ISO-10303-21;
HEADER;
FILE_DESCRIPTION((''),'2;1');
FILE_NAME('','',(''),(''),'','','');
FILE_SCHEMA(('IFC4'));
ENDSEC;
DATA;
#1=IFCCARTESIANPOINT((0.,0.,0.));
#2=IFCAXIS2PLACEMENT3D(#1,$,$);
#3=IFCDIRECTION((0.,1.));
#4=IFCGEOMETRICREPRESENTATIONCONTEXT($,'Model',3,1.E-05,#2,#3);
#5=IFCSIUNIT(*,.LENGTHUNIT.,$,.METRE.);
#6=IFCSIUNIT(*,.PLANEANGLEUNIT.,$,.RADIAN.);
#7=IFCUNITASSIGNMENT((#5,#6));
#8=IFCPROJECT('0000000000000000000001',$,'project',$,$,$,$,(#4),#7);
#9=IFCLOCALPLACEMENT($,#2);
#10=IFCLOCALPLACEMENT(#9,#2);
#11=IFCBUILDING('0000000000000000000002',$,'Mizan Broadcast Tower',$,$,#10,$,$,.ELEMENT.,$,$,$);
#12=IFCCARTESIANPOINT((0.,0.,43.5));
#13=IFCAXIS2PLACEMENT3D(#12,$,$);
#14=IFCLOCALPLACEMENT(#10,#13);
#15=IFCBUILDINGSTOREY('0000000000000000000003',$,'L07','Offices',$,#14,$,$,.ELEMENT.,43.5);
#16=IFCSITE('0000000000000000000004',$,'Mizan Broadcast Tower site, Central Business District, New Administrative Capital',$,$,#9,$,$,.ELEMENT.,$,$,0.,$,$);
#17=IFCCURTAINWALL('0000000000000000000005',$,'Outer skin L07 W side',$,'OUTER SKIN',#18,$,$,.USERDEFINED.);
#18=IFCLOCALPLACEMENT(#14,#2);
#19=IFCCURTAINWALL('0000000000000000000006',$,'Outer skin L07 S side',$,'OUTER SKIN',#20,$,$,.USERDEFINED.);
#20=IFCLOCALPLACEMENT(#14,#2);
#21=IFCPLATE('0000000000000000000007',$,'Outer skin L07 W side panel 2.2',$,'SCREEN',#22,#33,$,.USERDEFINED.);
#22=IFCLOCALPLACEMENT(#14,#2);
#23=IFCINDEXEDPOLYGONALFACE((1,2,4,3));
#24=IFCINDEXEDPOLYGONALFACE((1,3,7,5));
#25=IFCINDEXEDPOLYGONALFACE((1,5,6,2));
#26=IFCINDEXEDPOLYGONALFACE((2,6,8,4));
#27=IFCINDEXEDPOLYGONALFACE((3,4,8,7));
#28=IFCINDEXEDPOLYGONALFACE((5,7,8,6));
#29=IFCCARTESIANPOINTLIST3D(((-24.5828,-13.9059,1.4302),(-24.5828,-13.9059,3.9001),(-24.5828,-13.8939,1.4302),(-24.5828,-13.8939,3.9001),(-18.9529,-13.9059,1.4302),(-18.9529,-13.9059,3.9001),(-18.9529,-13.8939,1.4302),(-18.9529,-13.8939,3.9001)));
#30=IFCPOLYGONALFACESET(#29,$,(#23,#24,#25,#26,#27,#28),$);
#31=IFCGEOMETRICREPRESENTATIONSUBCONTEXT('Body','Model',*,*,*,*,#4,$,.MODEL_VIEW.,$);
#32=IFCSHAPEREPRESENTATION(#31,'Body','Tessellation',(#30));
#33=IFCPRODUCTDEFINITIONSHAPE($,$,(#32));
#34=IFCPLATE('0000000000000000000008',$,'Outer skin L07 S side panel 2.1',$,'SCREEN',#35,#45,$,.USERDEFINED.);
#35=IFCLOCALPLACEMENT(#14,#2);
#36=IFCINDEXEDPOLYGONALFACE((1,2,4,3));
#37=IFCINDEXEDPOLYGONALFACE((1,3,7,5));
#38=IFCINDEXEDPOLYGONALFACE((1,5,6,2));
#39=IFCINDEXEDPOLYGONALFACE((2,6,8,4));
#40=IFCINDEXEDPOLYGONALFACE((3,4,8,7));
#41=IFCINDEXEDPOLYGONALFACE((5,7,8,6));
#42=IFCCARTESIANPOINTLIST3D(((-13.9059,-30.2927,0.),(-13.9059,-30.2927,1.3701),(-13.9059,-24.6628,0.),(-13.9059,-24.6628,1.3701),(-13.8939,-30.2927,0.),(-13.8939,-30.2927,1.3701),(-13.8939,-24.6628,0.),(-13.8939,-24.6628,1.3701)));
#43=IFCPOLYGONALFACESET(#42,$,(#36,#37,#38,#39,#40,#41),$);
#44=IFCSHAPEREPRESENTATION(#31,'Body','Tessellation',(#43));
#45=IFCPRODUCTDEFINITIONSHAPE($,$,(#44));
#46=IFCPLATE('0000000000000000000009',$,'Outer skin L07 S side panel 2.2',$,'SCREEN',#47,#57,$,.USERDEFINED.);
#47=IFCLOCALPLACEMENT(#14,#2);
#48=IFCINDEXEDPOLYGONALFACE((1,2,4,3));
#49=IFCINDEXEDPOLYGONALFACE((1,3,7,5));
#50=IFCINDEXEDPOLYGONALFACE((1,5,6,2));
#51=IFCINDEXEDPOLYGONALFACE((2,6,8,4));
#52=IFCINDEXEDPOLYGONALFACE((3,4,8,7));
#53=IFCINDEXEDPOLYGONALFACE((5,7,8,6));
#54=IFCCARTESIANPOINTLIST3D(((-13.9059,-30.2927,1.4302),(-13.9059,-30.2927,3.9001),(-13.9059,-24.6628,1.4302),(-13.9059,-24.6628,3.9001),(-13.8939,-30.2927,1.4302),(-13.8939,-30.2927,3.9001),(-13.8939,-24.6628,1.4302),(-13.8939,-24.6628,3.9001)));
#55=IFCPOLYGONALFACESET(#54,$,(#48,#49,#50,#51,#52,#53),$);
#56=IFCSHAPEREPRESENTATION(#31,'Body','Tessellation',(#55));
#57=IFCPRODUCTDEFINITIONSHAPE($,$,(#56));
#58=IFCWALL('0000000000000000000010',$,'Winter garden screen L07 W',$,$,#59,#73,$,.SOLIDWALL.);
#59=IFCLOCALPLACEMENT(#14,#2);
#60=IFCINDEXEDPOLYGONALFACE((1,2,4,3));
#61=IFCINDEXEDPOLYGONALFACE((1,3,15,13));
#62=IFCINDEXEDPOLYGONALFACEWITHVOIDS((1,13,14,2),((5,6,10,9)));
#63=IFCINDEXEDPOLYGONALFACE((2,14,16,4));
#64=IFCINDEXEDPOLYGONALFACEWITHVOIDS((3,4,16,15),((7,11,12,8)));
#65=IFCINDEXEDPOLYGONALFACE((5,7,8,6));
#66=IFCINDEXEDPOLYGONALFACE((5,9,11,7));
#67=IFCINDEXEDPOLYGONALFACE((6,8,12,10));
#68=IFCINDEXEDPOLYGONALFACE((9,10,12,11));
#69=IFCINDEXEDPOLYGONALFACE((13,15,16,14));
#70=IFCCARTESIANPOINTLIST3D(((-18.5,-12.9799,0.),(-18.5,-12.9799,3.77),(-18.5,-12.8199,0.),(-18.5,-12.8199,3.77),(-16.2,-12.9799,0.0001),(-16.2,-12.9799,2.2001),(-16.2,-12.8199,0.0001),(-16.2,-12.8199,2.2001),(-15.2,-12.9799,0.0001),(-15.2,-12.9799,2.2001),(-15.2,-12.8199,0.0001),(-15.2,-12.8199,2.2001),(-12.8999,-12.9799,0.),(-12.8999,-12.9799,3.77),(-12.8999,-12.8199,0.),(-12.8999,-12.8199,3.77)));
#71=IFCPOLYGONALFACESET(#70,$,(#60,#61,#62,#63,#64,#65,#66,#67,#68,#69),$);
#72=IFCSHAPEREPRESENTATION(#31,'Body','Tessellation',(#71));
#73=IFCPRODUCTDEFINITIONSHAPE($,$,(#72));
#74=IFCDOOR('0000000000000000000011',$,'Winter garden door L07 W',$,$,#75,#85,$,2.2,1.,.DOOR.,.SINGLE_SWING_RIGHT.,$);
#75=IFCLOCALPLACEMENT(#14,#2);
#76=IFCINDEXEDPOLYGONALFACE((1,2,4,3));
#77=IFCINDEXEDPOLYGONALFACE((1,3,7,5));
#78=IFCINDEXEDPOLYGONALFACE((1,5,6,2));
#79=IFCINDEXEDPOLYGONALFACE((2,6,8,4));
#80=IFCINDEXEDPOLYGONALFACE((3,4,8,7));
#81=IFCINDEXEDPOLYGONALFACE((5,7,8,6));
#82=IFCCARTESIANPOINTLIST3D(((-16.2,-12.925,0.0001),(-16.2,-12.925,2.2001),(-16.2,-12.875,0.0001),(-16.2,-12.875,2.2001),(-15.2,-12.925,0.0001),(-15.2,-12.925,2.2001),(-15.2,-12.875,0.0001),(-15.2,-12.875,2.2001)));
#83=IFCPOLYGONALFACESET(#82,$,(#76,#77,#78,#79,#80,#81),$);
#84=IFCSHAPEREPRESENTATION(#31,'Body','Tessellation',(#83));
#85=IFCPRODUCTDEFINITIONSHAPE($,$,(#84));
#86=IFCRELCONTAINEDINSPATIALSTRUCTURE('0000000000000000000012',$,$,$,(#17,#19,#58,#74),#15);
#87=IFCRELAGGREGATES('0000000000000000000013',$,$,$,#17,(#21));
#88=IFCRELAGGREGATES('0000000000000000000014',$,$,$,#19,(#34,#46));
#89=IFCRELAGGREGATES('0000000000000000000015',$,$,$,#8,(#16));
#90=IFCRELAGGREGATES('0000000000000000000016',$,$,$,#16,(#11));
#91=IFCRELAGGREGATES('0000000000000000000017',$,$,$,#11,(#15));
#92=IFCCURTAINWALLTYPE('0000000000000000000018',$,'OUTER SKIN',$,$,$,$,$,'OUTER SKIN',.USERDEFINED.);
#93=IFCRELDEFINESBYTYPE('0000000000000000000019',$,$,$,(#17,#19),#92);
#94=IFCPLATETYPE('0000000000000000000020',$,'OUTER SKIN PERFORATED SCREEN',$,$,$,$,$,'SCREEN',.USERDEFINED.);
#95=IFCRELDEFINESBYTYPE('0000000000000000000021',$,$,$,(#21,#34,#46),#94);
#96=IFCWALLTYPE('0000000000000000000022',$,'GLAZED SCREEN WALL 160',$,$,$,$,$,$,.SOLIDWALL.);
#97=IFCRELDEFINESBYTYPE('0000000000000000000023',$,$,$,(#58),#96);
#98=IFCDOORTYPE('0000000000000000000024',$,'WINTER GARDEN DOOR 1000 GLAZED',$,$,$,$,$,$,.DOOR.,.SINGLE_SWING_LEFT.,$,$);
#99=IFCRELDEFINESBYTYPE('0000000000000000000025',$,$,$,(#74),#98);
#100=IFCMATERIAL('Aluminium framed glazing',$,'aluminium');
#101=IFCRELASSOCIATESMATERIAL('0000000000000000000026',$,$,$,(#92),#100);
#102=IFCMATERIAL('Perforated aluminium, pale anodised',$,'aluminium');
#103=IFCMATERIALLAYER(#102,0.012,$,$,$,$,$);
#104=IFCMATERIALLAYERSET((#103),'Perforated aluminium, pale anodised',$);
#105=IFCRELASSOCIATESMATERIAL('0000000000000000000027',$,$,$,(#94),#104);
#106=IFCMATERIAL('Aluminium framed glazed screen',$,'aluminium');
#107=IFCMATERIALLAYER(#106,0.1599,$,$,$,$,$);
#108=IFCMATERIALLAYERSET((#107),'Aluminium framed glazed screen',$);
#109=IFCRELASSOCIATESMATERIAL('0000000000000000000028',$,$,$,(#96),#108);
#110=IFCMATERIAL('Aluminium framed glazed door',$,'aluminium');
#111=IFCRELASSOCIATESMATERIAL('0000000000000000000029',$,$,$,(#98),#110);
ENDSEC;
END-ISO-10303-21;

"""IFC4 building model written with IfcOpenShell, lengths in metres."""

from ifc_helpers import new_model, si_unit, direction, frame, frame_2d, origin, origin_2d, place, context, subcontext, project, spatial, rectangle, extrude, material, layer, layer_set, type_object, element, fill, aggregate, save


model = new_model("IFC4")

# Units and contexts
model_context = context("Model", 3, precision=1e-05, world=origin(), true_north=direction((0.0, 1.0)))
body_context = subcontext(model_context, "Body", "Model", "MODEL_VIEW")
ifc_project = project(units=[si_unit("LENGTHUNIT", "METRE"), si_unit("PLANEANGLEUNIT", "RADIAN")], contexts=[model_context])

# Site, building, storey
site_placement = place(None, origin())
site = spatial("IfcSite", under=ifc_project, at=site_placement, Name="Mizan Broadcast Tower site, Central Business District, New Administrative Capital", CompositionType="ELEMENT", RefElevation=0.0)
building_placement = place(site_placement, origin())
building = spatial("IfcBuilding", under=site, at=building_placement, Name="Mizan Broadcast Tower", CompositionType="ELEMENT")
storey_placement = place(building_placement, frame((0.0, 0.0, 43.5)))
storey = spatial("IfcBuildingStorey", under=building, at=storey_placement, Name="L07", Description="Offices", CompositionType="ELEMENT", Elevation=43.5)

# Shared definitions
ifc_material_1 = material(Name="Aluminium framed glazing", Category="aluminium")
curtain_wall_type_1 = type_object("IfcCurtainWallType", Name="OUTER SKIN", ElementType="OUTER SKIN", PredefinedType="USERDEFINED", material=ifc_material_1)

# Curtain wall
curtain_wall_1_placement = place(storey_placement, origin())
curtain_wall_1 = element("IfcCurtainWall", 1, at=curtain_wall_1_placement, inside=storey, type_object=curtain_wall_type_1, Name="Outer skin L07 W side", ObjectType="OUTER SKIN", PredefinedType="USERDEFINED")

# Curtain wall
curtain_wall_2_placement = place(storey_placement, origin())
curtain_wall_2 = element("IfcCurtainWall", 2, at=curtain_wall_2_placement, inside=storey, type_object=curtain_wall_type_1, Name="Outer skin L07 S side", ObjectType="OUTER SKIN", PredefinedType="USERDEFINED")

# Plates
ifc_material_2 = material(Name="Perforated aluminium, pale anodised", Category="aluminium")
ifc_layer_1 = layer(ifc_material_2, 0.012)
ifc_layer_set_1 = layer_set([ifc_layer_1], Name="Perforated aluminium, pale anodised")
plate_type_1 = type_object("IfcPlateType", Name="OUTER SKIN PERFORATED SCREEN", ElementType="SCREEN", PredefinedType="USERDEFINED", material=ifc_layer_set_1)
plate_1_placement = place(storey_placement, frame((-21.7678, -13.8999, 1.4302), z_axis=(0.0, 0.0, 1.0), x_axis=(1.0, 0.0, 0.0)))
plate_1 = element("IfcPlate", 3, at=plate_1_placement, type_object=plate_type_1, Name="Outer skin L07 W side panel 2.2", ObjectType="SCREEN", PredefinedType="USERDEFINED", context=body_context, shape_type="SweptSolid", body=[
    extrude(rectangle(XDim=5.6299, YDim=0.012, at=origin_2d()), origin(), (0.0, 0.0, 1.0), 2.47),
])
aggregate(curtain_wall_1, [plate_1])
plate_2_placement = place(storey_placement, frame((-13.8999, -27.4778, 0.0), z_axis=(0.0, 0.0, 1.0), x_axis=(0.0, -1.0, 0.0)))
plate_2 = element("IfcPlate", 4, at=plate_2_placement, type_object=plate_type_1, Name="Outer skin L07 S side panel 2.1", ObjectType="SCREEN", PredefinedType="USERDEFINED", context=body_context, shape_type="SweptSolid", body=[
    extrude(rectangle(XDim=5.6299, YDim=0.012, at=origin_2d()), origin(), (0.0, 0.0, 1.0), 1.3701),
])
plate_3_placement = place(storey_placement, frame((-13.8999, -27.4778, 1.4302), z_axis=(0.0, 0.0, 1.0), x_axis=(0.0, -1.0, 0.0)))
plate_3 = element("IfcPlate", 5, at=plate_3_placement, type_object=plate_type_1, Name="Outer skin L07 S side panel 2.2", ObjectType="SCREEN", PredefinedType="USERDEFINED", context=body_context, shape_type="SweptSolid", body=[
    extrude(rectangle(XDim=5.6299, YDim=0.012, at=origin_2d()), origin(), (0.0, 0.0, 1.0), 2.47),
])
aggregate(curtain_wall_2, [plate_2, plate_3])

# Wall, opening, door
ifc_material_3 = material(Name="Aluminium framed glazed screen", Category="aluminium")
ifc_layer_2 = layer(ifc_material_3, 0.1599)
ifc_layer_set_2 = layer_set([ifc_layer_2], Name="Aluminium framed glazed screen")
wall_type = type_object("IfcWallType", Name="GLAZED SCREEN WALL 160", PredefinedType="SOLIDWALL", material=ifc_layer_set_2)
wall_placement = place(storey_placement, frame((-18.5, -12.8999, 0.0), z_axis=(0.0, 0.0, 1.0), x_axis=(1.0, 0.0, 0.0)))
wall = element("IfcWall", 6, at=wall_placement, inside=storey, type_object=wall_type, Name="Winter garden screen L07 W", PredefinedType="SOLIDWALL", context=body_context, shape_type="SweptSolid", body=[
    extrude(rectangle(XDim=5.6001, YDim=0.1599, at=frame_2d((2.8, 0.0))), origin(), (0.0, 0.0, 1.0), 3.77),
])
opening_placement = place(wall_placement, frame((2.3, 0.0, 0.0)))
opening = element("IfcOpeningElement", 7, at=opening_placement, cuts=wall, PredefinedType="OPENING", context=body_context, shape_type="SweptSolid", body=[
    extrude(rectangle(XDim=1.0, YDim=2.2, at=frame_2d((0.5, 1.1001))), frame((0.0, 0.0898, 0.0), z_axis=(0.0, -1.0, 0.0), x_axis=(1.0, 0.0, 0.0)), (0.0, 0.0, 1.0), 0.1799),
])
ifc_material_4 = material(Name="Aluminium framed glazed door", Category="aluminium")
door_type = type_object("IfcDoorType", Name="WINTER GARDEN DOOR 1000 GLAZED", OperationType="SINGLE_SWING_LEFT", PredefinedType="DOOR", material=ifc_material_4)
door_placement = place(opening_placement, origin())
door = element("IfcDoor", 8, at=door_placement, inside=storey, type_object=door_type, Name="Winter garden door L07 W", OperationType="SINGLE_SWING_RIGHT", OverallHeight=2.2, OverallWidth=1.0, PredefinedType="DOOR", context=body_context, shape_type="SweptSolid", body=[
    extrude(rectangle(XDim=1.0, YDim=2.2, at=frame_2d((0.5, 1.1001))), frame((0.0, 0.0249, 0.0), z_axis=(0.0, -1.0, 0.0), x_axis=(1.0, 0.0, 0.0)), (0.0, 0.0, 1.0), 0.05),
])
fill(opening, door)

save(model, "model.ifc")
